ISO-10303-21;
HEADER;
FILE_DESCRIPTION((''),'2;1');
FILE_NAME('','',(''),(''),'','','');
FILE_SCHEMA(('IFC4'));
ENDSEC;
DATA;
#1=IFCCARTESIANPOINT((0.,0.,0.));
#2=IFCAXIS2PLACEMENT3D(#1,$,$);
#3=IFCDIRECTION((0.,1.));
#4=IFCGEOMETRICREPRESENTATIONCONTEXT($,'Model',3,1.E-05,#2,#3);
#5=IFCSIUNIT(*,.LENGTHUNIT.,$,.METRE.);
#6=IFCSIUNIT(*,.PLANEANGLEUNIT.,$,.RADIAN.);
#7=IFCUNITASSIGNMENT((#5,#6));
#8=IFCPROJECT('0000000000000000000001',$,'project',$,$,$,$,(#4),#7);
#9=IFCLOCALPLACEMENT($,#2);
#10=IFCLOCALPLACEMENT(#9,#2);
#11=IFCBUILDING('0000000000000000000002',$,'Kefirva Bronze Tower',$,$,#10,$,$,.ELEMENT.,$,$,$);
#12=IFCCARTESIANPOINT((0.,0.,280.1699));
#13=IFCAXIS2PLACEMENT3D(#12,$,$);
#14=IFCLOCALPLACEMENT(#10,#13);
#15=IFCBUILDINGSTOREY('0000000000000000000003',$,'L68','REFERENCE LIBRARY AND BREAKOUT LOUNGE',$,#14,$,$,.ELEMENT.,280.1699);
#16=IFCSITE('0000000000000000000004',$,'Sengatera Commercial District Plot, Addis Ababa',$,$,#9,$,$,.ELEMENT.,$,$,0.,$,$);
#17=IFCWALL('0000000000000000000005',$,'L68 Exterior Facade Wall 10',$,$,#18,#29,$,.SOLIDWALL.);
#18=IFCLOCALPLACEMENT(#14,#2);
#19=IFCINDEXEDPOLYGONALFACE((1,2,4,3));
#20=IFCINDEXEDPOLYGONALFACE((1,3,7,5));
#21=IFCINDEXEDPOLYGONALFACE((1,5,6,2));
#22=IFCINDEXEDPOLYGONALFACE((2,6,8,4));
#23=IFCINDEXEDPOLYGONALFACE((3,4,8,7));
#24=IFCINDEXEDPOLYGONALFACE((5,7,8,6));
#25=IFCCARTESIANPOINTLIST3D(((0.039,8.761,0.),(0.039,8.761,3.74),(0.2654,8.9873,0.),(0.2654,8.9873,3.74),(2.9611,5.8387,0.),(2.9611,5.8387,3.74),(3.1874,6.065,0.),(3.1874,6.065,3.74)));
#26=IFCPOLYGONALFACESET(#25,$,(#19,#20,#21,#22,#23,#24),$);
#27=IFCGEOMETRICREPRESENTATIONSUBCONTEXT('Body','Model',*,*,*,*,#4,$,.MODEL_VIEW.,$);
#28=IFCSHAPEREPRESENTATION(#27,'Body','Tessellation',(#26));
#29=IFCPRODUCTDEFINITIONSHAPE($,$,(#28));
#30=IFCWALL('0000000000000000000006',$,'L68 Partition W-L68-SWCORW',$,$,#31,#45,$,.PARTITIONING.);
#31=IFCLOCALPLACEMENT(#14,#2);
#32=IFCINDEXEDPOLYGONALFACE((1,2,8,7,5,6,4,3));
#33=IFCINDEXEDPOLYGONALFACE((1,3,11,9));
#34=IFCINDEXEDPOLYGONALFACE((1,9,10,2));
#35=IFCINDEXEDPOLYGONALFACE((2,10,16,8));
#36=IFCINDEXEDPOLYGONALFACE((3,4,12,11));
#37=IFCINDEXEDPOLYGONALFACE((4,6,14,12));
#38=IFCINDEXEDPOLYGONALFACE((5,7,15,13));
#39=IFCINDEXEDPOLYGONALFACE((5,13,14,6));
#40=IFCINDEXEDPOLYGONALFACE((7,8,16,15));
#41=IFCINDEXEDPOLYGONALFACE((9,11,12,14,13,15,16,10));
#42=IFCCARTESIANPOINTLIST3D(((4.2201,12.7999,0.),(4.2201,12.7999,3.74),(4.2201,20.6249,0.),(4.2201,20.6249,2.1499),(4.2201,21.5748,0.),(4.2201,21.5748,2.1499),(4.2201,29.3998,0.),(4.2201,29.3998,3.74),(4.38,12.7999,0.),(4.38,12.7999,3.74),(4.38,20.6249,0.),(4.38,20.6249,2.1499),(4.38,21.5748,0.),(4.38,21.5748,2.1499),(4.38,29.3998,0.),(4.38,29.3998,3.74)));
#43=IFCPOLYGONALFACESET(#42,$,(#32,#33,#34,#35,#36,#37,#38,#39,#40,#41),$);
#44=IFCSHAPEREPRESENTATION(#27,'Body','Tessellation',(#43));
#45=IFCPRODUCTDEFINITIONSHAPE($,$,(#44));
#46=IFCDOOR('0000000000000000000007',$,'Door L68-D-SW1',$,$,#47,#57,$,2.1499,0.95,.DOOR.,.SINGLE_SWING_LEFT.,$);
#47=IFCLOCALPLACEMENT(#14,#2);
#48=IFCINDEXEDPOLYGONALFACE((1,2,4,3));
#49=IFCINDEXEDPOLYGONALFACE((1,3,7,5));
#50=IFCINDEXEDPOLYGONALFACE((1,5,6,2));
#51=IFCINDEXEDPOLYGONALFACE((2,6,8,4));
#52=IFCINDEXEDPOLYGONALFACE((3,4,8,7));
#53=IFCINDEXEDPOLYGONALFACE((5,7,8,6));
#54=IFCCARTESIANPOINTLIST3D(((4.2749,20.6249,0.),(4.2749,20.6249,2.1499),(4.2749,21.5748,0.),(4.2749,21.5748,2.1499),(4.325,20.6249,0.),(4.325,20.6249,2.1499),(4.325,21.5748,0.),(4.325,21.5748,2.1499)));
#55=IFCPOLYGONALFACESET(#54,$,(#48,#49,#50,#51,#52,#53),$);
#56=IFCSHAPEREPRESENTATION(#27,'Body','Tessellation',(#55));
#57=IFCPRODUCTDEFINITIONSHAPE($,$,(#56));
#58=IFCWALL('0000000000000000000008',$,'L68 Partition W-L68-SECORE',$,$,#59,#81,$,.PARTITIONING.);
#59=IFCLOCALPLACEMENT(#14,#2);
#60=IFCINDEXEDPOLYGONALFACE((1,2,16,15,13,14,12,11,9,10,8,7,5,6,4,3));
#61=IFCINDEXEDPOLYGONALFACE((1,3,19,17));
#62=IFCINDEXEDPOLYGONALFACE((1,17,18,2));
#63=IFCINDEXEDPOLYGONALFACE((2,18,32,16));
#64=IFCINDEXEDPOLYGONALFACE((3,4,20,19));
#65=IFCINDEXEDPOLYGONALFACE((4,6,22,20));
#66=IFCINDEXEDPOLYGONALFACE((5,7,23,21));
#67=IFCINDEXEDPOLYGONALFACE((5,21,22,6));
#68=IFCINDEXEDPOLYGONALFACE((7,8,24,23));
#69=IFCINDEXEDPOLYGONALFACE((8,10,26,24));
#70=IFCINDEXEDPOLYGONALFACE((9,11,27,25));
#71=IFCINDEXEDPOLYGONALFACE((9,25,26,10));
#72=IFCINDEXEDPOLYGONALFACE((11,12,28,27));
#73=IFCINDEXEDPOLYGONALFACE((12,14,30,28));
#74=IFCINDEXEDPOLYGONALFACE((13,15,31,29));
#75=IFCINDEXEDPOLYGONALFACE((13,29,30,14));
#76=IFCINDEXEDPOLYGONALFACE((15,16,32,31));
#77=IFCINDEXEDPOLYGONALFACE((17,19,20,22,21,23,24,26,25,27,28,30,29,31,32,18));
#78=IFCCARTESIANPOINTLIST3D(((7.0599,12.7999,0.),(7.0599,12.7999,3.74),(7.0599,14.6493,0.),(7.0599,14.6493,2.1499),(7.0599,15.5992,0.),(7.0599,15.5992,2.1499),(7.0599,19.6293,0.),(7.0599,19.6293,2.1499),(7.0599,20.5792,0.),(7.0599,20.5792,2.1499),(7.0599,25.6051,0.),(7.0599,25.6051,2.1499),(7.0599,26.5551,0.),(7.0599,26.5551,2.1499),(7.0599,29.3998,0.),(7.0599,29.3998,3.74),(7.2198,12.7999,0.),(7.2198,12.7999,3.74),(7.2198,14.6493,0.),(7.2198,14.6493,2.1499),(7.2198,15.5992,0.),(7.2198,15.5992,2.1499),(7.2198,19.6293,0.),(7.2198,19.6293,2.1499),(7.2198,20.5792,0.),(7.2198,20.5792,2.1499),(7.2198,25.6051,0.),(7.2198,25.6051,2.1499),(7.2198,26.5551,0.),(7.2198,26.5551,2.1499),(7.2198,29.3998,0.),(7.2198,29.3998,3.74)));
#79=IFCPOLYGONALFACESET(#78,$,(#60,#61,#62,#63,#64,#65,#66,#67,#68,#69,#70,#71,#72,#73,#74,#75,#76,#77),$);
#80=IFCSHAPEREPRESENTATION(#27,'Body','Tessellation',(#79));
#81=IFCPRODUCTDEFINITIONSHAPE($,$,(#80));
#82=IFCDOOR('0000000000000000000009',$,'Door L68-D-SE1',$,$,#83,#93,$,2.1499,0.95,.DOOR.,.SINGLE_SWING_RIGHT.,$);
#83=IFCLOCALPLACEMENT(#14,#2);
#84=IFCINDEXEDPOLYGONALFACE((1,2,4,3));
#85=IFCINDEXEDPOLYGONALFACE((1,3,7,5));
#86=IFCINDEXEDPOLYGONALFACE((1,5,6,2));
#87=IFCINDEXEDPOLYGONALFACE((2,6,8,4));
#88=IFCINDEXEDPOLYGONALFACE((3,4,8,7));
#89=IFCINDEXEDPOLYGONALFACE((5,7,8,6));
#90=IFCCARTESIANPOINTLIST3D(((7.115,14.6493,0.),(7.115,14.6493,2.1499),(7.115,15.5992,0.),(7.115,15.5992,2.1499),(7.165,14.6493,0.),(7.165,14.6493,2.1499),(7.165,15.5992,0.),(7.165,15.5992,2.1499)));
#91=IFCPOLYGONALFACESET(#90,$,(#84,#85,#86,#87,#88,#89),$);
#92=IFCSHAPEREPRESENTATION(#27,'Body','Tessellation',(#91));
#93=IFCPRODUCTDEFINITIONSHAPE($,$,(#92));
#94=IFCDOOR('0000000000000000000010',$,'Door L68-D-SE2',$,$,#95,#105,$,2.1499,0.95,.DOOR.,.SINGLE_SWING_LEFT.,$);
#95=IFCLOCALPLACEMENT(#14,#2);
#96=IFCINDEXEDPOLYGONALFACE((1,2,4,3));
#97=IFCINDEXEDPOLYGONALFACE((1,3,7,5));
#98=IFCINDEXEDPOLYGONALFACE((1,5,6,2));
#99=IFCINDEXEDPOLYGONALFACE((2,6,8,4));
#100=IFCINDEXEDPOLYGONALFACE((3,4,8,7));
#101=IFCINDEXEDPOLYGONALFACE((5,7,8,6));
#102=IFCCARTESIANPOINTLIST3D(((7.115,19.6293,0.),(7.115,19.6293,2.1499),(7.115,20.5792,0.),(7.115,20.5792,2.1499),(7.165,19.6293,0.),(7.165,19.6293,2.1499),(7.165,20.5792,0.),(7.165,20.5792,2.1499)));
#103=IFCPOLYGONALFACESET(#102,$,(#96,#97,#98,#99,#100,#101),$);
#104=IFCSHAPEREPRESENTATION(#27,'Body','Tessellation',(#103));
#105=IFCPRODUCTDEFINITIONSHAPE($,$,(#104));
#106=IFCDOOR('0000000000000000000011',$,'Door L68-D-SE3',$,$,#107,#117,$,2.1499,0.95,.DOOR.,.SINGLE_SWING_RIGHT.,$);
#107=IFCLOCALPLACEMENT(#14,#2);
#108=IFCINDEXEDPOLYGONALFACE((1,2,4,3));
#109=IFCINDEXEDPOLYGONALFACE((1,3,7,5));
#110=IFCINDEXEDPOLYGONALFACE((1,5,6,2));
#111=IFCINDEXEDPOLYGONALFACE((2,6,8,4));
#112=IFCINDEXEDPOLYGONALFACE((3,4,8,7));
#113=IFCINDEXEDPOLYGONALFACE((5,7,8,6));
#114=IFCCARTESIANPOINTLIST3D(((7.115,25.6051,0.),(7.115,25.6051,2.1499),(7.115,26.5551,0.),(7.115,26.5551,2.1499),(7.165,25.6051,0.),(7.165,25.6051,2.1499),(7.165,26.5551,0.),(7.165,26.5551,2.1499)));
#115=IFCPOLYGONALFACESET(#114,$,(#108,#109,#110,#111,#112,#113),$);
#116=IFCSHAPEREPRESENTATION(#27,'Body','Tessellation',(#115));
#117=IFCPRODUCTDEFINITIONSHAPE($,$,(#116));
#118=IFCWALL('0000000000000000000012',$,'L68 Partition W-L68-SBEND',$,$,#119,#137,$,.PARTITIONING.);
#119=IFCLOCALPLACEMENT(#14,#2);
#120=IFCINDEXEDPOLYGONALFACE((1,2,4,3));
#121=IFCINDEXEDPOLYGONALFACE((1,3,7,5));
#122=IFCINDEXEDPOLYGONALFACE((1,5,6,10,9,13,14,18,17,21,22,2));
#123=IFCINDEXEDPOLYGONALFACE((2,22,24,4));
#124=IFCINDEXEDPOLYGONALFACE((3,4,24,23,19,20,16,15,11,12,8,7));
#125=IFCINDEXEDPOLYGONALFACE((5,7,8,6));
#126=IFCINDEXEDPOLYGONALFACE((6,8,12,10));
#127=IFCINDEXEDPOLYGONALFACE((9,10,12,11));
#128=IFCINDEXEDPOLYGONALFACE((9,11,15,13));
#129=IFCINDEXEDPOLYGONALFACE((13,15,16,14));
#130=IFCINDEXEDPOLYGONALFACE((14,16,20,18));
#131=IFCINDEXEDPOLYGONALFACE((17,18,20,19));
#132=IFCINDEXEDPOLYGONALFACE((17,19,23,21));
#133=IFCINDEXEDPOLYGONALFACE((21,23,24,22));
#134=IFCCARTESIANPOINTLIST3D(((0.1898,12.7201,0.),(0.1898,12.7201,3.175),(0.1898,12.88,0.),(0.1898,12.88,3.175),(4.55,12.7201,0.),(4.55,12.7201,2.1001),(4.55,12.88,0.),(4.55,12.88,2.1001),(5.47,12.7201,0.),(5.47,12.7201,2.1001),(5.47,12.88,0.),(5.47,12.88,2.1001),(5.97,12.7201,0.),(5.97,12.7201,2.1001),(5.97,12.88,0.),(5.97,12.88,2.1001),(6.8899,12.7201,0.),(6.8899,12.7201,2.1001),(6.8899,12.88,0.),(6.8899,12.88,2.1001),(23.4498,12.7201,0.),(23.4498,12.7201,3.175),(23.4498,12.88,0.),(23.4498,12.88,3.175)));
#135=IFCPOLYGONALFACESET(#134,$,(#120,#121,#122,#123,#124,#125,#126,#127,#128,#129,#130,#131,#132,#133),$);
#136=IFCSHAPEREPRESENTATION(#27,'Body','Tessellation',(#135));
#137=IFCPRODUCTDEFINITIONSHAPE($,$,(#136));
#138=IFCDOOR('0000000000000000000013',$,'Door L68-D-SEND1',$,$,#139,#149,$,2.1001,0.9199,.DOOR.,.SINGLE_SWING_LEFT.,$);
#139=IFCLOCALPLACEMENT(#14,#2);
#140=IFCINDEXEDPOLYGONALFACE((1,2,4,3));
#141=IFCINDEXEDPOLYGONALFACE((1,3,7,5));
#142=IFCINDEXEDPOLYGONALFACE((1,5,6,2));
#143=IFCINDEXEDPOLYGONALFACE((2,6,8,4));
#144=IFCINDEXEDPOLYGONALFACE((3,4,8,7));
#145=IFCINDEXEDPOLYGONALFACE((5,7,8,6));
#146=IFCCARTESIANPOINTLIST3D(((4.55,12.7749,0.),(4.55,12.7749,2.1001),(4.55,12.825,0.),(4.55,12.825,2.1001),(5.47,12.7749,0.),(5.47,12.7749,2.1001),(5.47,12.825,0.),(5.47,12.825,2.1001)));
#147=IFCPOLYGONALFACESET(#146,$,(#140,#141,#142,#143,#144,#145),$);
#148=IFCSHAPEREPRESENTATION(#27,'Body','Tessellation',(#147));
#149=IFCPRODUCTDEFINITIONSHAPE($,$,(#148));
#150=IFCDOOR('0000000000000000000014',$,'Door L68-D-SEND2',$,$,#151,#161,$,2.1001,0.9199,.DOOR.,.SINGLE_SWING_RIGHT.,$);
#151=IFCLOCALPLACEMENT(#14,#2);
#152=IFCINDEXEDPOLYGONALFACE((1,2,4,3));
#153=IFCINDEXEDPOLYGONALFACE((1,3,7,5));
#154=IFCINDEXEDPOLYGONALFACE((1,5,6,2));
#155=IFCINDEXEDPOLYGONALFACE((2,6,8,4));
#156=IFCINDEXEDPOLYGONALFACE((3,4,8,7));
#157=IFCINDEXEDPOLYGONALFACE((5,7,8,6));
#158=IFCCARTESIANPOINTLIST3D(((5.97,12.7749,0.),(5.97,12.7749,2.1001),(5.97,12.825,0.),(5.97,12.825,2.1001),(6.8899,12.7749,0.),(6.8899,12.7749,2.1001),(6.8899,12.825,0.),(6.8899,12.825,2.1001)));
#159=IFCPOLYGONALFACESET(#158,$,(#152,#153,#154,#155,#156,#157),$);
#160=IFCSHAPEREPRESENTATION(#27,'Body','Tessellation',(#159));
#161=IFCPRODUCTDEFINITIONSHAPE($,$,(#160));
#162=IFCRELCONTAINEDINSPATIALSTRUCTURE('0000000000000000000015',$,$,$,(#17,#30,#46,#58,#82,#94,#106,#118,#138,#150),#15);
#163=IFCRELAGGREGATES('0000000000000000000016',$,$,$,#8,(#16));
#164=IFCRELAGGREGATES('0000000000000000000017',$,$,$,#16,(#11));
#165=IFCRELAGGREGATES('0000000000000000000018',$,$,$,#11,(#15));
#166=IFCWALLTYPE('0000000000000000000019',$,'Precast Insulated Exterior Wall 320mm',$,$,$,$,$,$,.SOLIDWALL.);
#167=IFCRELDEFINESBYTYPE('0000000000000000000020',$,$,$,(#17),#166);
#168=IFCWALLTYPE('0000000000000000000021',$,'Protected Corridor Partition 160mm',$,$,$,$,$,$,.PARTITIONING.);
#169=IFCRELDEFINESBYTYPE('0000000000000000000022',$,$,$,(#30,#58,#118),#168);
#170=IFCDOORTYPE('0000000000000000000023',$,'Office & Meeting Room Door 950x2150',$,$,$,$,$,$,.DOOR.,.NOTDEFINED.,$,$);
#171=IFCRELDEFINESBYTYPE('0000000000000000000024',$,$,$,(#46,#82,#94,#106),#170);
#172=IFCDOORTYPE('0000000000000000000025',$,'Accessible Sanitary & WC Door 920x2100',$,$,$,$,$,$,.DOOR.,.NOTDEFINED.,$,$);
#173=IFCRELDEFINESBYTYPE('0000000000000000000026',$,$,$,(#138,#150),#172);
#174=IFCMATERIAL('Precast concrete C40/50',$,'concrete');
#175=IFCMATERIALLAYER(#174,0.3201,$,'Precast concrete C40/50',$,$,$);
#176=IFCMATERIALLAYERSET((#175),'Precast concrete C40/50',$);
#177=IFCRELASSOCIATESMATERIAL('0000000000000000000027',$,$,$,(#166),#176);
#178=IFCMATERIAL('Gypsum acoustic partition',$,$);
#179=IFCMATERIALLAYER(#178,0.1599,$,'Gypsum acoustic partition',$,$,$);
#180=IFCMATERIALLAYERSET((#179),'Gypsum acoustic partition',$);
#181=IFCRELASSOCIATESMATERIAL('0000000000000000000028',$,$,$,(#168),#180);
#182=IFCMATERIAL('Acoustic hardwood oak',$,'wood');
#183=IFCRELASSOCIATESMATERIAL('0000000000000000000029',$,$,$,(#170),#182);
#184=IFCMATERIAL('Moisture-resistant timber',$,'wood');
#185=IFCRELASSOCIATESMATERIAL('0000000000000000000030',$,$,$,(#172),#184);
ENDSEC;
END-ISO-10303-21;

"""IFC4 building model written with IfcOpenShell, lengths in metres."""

from ifc_helpers import new_model, si_unit, direction, frame, frame_2d, origin, place, context, subcontext, project, spatial, rectangle, extrude, material, layer, layer_set, type_object, element, fill, save


model = new_model("IFC4")

# Units and contexts
model_context = context("Model", 3, precision=1e-05, world=origin(), true_north=direction((0.0, 1.0)))
body_context = subcontext(model_context, "Body", "Model", "MODEL_VIEW")
ifc_project = project(units=[si_unit("LENGTHUNIT", "METRE"), si_unit("PLANEANGLEUNIT", "RADIAN")], contexts=[model_context])

# Site, building, storey
site_placement = place(None, origin())
site = spatial("IfcSite", under=ifc_project, at=site_placement, Name="Sengatera Commercial District Plot, Addis Ababa", CompositionType="ELEMENT", RefElevation=0.0)
building_placement = place(site_placement, origin())
building = spatial("IfcBuilding", under=site, at=building_placement, Name="Kefirva Bronze Tower", CompositionType="ELEMENT")
storey_placement = place(building_placement, frame((0.0, 0.0, 280.1699)))
storey = spatial("IfcBuildingStorey", under=building, at=storey_placement, Name="L68", Description="REFERENCE LIBRARY AND BREAKOUT LOUNGE", CompositionType="ELEMENT", Elevation=280.1699)

# Shared definitions
ifc_material_1 = material(Name="Gypsum acoustic partition")

# Shared definitions
ifc_material_2 = material(Name="Precast concrete C40/50", Category="concrete")
ifc_layer_1 = layer(ifc_material_2, 0.3201, Name="Precast concrete C40/50")
ifc_layer_set_1 = layer_set([ifc_layer_1], Name="Precast concrete C40/50")
wall_type_1 = type_object("IfcWallType", Name="Precast Insulated Exterior Wall 320mm", PredefinedType="SOLIDWALL", material=ifc_layer_set_1)

# Wall
wall_1_placement = place(storey_placement, frame((0.1521, 8.8743, 0.0), z_axis=(0.0, 0.0, 1.0), x_axis=(0.707077, -0.707136, 0.0)))
element("IfcWall", 1, at=wall_1_placement, inside=storey, type_object=wall_type_1, Name="L68 Exterior Facade Wall 10", PredefinedType="SOLIDWALL", context=body_context, shape_type="SweptSolid", body=[
    extrude(rectangle(XDim=4.1326, YDim=0.3201, at=frame_2d((2.0664, 0.0))), origin(), (0.0, 0.0, 1.0), 3.74),
])

# Wall, opening, door
ifc_layer_2 = layer(ifc_material_1, 0.1599, Name="Gypsum acoustic partition")
ifc_layer_set_2 = layer_set([ifc_layer_2], Name="Gypsum acoustic partition")
wall_type_2 = type_object("IfcWallType", Name="Protected Corridor Partition 160mm", PredefinedType="PARTITIONING", material=ifc_layer_set_2)
wall_2_placement = place(storey_placement, frame((4.3, 12.8, 0.0), z_axis=(0.0, 0.0, 1.0), x_axis=(0.0, 1.0, 0.0)))
wall_2 = element("IfcWall", 2, at=wall_2_placement, inside=storey, type_object=wall_type_2, Name="L68 Partition W-L68-SWCORW", PredefinedType="PARTITIONING", context=body_context, shape_type="SweptSolid", body=[
    extrude(rectangle(XDim=16.5999, YDim=0.1599, at=frame_2d((8.2998, 0.0))), origin(), (0.0, 0.0, 1.0), 3.74),
])
opening_1_placement = place(wall_2_placement, frame((8.7749, 0.0, 0.0), z_axis=(0.0, 0.0, 1.0), x_axis=(-1.0, 0.0, 0.0)))
opening_1 = element("IfcOpeningElement", 3, at=opening_1_placement, cuts=wall_2, PredefinedType="OPENING", context=body_context, shape_type="SweptSolid", body=[
    extrude(rectangle(XDim=0.95, YDim=2.1499, at=frame_2d((0.4751, 1.075))), frame((0.0, 0.0898, 0.0), z_axis=(0.0, -1.0, 0.0), x_axis=(1.0, 0.0, 0.0)), (0.0, 0.0, 1.0), 0.1799),
])
ifc_material_3 = material(Name="Acoustic hardwood oak", Category="wood")
door_type_1 = type_object("IfcDoorType", Name="Office & Meeting Room Door 950x2150", OperationType="NOTDEFINED", PredefinedType="DOOR", material=ifc_material_3)
door_1_placement = place(opening_1_placement, origin())
door_1 = element("IfcDoor", 4, at=door_1_placement, inside=storey, type_object=door_type_1, Name="Door L68-D-SW1", OperationType="SINGLE_SWING_LEFT", OverallHeight=2.1499, OverallWidth=0.95, PredefinedType="DOOR", context=body_context, shape_type="SweptSolid", body=[
    extrude(rectangle(XDim=0.95, YDim=2.1499, at=frame_2d((0.4751, 1.075))), frame((0.0, 0.0249, 0.0), z_axis=(0.0, -1.0, 0.0), x_axis=(1.0, 0.0, 0.0)), (0.0, 0.0, 1.0), 0.05),
])
fill(opening_1, door_1)

# Walls, openings, doors
wall_3_placement = place(storey_placement, frame((7.1399, 12.8, 0.0), z_axis=(0.0, 0.0, 1.0), x_axis=(0.0, 1.0, 0.0)))
wall_3 = element("IfcWall", 5, at=wall_3_placement, inside=storey, type_object=wall_type_2, Name="L68 Partition W-L68-SECORE", PredefinedType="PARTITIONING", context=body_context, shape_type="SweptSolid", body=[
    extrude(rectangle(XDim=16.5999, YDim=0.1599, at=frame_2d((8.2998, 0.0))), origin(), (0.0, 0.0, 1.0), 3.74),
])
opening_2_placement = place(wall_3_placement, frame((1.8491, 0.0, 0.0)))
opening_2 = element("IfcOpeningElement", 6, at=opening_2_placement, cuts=wall_3, PredefinedType="OPENING", context=body_context, shape_type="SweptSolid", body=[
    extrude(rectangle(XDim=0.95, YDim=2.1499, at=frame_2d((0.4751, 1.075))), frame((0.0, 0.0898, 0.0), z_axis=(0.0, -1.0, 0.0), x_axis=(1.0, 0.0, 0.0)), (0.0, 0.0, 1.0), 0.1799),
])
opening_3_placement = place(wall_3_placement, frame((6.8291, 0.0, 0.0)))
opening_3 = element("IfcOpeningElement", 7, at=opening_3_placement, cuts=wall_3, PredefinedType="OPENING", context=body_context, shape_type="SweptSolid", body=[
    extrude(rectangle(XDim=0.95, YDim=2.1499, at=frame_2d((0.4751, 1.075))), frame((0.0, 0.0898, 0.0), z_axis=(0.0, -1.0, 0.0), x_axis=(1.0, 0.0, 0.0)), (0.0, 0.0, 1.0), 0.1799),
])
opening_4_placement = place(wall_3_placement, frame((12.8049, 0.0, 0.0)))
opening_4 = element("IfcOpeningElement", 8, at=opening_4_placement, cuts=wall_3, PredefinedType="OPENING", context=body_context, shape_type="SweptSolid", body=[
    extrude(rectangle(XDim=0.95, YDim=2.1499, at=frame_2d((0.4751, 1.075))), frame((0.0, 0.0898, 0.0), z_axis=(0.0, -1.0, 0.0), x_axis=(1.0, 0.0, 0.0)), (0.0, 0.0, 1.0), 0.1799),
])
door_2_placement = place(opening_2_placement, origin())
door_2 = element("IfcDoor", 9, at=door_2_placement, inside=storey, type_object=door_type_1, Name="Door L68-D-SE1", OperationType="SINGLE_SWING_RIGHT", OverallHeight=2.1499, OverallWidth=0.95, PredefinedType="DOOR", context=body_context, shape_type="SweptSolid", body=[
    extrude(rectangle(XDim=0.95, YDim=2.1499, at=frame_2d((0.4751, 1.075))), frame((0.0, 0.0249, 0.0), z_axis=(0.0, -1.0, 0.0), x_axis=(1.0, 0.0, 0.0)), (0.0, 0.0, 1.0), 0.05),
])
fill(opening_2, door_2)
door_3_placement = place(opening_3_placement, origin())
door_3 = element("IfcDoor", 10, at=door_3_placement, inside=storey, type_object=door_type_1, Name="Door L68-D-SE2", OperationType="SINGLE_SWING_LEFT", OverallHeight=2.1499, OverallWidth=0.95, PredefinedType="DOOR", context=body_context, shape_type="SweptSolid", body=[
    extrude(rectangle(XDim=0.95, YDim=2.1499, at=frame_2d((0.4751, 1.075))), frame((0.0, 0.0249, 0.0), z_axis=(0.0, -1.0, 0.0), x_axis=(1.0, 0.0, 0.0)), (0.0, 0.0, 1.0), 0.05),
])
fill(opening_3, door_3)
door_4_placement = place(opening_4_placement, origin())
door_4 = element("IfcDoor", 11, at=door_4_placement, inside=storey, type_object=door_type_1, Name="Door L68-D-SE3", OperationType="SINGLE_SWING_RIGHT", OverallHeight=2.1499, OverallWidth=0.95, PredefinedType="DOOR", context=body_context, shape_type="SweptSolid", body=[
    extrude(rectangle(XDim=0.95, YDim=2.1499, at=frame_2d((0.4751, 1.075))), frame((0.0, 0.0249, 0.0), z_axis=(0.0, -1.0, 0.0), x_axis=(1.0, 0.0, 0.0)), (0.0, 0.0, 1.0), 0.05),
])
fill(opening_4, door_4)
wall_4_placement = place(storey_placement, frame((0.1899, 12.8, 0.0), z_axis=(0.0, 0.0, 1.0), x_axis=(1.0, 0.0, 0.0)))
wall_4 = element("IfcWall", 12, at=wall_4_placement, inside=storey, type_object=wall_type_2, Name="L68 Partition W-L68-SBEND", PredefinedType="PARTITIONING", context=body_context, shape_type="SweptSolid", body=[
    extrude(rectangle(XDim=23.26, YDim=0.1599, at=frame_2d((11.6299, 0.0))), origin(), (0.0, 0.0, 1.0), 3.175),
])
opening_5_placement = place(wall_4_placement, frame((4.3601, 0.0, 0.0)))
opening_5 = element("IfcOpeningElement", 13, at=opening_5_placement, cuts=wall_4, PredefinedType="OPENING", context=body_context, shape_type="SweptSolid", body=[
    extrude(rectangle(XDim=0.9199, YDim=2.1001, at=frame_2d((0.46, 1.05))), frame((0.0, 0.0898, 0.0), z_axis=(0.0, -1.0, 0.0), x_axis=(1.0, 0.0, 0.0)), (0.0, 0.0, 1.0), 0.1799),
])
opening_6_placement = place(wall_4_placement, frame((5.78, 0.0, 0.0)))
opening_6 = element("IfcOpeningElement", 14, at=opening_6_placement, cuts=wall_4, PredefinedType="OPENING", context=body_context, shape_type="SweptSolid", body=[
    extrude(rectangle(XDim=0.9199, YDim=2.1001, at=frame_2d((0.46, 1.05))), frame((0.0, 0.0898, 0.0), z_axis=(0.0, -1.0, 0.0), x_axis=(1.0, 0.0, 0.0)), (0.0, 0.0, 1.0), 0.1799),
])
ifc_material_4 = material(Name="Moisture-resistant timber", Category="wood")
door_type_2 = type_object("IfcDoorType", Name="Accessible Sanitary & WC Door 920x2100", OperationType="NOTDEFINED", PredefinedType="DOOR", material=ifc_material_4)
door_5_placement = place(opening_5_placement, origin())
door_5 = element("IfcDoor", 15, at=door_5_placement, inside=storey, type_object=door_type_2, Name="Door L68-D-SEND1", OperationType="SINGLE_SWING_LEFT", OverallHeight=2.1001, OverallWidth=0.9199, PredefinedType="DOOR", context=body_context, shape_type="SweptSolid", body=[
    extrude(rectangle(XDim=0.9199, YDim=2.1001, at=frame_2d((0.46, 1.05))), frame((0.0, 0.0249, 0.0), z_axis=(0.0, -1.0, 0.0), x_axis=(1.0, 0.0, 0.0)), (0.0, 0.0, 1.0), 0.05),
])
fill(opening_5, door_5)
door_6_placement = place(opening_6_placement, origin())
door_6 = element("IfcDoor", 16, at=door_6_placement, inside=storey, type_object=door_type_2, Name="Door L68-D-SEND2", OperationType="SINGLE_SWING_RIGHT", OverallHeight=2.1001, OverallWidth=0.9199, PredefinedType="DOOR", context=body_context, shape_type="SweptSolid", body=[
    extrude(rectangle(XDim=0.9199, YDim=2.1001, at=frame_2d((0.46, 1.05))), frame((0.0, 0.0249, 0.0), z_axis=(0.0, -1.0, 0.0), x_axis=(1.0, 0.0, 0.0)), (0.0, 0.0, 1.0), 0.05),
])
fill(opening_6, door_6)

save(model, "model.ifc")
